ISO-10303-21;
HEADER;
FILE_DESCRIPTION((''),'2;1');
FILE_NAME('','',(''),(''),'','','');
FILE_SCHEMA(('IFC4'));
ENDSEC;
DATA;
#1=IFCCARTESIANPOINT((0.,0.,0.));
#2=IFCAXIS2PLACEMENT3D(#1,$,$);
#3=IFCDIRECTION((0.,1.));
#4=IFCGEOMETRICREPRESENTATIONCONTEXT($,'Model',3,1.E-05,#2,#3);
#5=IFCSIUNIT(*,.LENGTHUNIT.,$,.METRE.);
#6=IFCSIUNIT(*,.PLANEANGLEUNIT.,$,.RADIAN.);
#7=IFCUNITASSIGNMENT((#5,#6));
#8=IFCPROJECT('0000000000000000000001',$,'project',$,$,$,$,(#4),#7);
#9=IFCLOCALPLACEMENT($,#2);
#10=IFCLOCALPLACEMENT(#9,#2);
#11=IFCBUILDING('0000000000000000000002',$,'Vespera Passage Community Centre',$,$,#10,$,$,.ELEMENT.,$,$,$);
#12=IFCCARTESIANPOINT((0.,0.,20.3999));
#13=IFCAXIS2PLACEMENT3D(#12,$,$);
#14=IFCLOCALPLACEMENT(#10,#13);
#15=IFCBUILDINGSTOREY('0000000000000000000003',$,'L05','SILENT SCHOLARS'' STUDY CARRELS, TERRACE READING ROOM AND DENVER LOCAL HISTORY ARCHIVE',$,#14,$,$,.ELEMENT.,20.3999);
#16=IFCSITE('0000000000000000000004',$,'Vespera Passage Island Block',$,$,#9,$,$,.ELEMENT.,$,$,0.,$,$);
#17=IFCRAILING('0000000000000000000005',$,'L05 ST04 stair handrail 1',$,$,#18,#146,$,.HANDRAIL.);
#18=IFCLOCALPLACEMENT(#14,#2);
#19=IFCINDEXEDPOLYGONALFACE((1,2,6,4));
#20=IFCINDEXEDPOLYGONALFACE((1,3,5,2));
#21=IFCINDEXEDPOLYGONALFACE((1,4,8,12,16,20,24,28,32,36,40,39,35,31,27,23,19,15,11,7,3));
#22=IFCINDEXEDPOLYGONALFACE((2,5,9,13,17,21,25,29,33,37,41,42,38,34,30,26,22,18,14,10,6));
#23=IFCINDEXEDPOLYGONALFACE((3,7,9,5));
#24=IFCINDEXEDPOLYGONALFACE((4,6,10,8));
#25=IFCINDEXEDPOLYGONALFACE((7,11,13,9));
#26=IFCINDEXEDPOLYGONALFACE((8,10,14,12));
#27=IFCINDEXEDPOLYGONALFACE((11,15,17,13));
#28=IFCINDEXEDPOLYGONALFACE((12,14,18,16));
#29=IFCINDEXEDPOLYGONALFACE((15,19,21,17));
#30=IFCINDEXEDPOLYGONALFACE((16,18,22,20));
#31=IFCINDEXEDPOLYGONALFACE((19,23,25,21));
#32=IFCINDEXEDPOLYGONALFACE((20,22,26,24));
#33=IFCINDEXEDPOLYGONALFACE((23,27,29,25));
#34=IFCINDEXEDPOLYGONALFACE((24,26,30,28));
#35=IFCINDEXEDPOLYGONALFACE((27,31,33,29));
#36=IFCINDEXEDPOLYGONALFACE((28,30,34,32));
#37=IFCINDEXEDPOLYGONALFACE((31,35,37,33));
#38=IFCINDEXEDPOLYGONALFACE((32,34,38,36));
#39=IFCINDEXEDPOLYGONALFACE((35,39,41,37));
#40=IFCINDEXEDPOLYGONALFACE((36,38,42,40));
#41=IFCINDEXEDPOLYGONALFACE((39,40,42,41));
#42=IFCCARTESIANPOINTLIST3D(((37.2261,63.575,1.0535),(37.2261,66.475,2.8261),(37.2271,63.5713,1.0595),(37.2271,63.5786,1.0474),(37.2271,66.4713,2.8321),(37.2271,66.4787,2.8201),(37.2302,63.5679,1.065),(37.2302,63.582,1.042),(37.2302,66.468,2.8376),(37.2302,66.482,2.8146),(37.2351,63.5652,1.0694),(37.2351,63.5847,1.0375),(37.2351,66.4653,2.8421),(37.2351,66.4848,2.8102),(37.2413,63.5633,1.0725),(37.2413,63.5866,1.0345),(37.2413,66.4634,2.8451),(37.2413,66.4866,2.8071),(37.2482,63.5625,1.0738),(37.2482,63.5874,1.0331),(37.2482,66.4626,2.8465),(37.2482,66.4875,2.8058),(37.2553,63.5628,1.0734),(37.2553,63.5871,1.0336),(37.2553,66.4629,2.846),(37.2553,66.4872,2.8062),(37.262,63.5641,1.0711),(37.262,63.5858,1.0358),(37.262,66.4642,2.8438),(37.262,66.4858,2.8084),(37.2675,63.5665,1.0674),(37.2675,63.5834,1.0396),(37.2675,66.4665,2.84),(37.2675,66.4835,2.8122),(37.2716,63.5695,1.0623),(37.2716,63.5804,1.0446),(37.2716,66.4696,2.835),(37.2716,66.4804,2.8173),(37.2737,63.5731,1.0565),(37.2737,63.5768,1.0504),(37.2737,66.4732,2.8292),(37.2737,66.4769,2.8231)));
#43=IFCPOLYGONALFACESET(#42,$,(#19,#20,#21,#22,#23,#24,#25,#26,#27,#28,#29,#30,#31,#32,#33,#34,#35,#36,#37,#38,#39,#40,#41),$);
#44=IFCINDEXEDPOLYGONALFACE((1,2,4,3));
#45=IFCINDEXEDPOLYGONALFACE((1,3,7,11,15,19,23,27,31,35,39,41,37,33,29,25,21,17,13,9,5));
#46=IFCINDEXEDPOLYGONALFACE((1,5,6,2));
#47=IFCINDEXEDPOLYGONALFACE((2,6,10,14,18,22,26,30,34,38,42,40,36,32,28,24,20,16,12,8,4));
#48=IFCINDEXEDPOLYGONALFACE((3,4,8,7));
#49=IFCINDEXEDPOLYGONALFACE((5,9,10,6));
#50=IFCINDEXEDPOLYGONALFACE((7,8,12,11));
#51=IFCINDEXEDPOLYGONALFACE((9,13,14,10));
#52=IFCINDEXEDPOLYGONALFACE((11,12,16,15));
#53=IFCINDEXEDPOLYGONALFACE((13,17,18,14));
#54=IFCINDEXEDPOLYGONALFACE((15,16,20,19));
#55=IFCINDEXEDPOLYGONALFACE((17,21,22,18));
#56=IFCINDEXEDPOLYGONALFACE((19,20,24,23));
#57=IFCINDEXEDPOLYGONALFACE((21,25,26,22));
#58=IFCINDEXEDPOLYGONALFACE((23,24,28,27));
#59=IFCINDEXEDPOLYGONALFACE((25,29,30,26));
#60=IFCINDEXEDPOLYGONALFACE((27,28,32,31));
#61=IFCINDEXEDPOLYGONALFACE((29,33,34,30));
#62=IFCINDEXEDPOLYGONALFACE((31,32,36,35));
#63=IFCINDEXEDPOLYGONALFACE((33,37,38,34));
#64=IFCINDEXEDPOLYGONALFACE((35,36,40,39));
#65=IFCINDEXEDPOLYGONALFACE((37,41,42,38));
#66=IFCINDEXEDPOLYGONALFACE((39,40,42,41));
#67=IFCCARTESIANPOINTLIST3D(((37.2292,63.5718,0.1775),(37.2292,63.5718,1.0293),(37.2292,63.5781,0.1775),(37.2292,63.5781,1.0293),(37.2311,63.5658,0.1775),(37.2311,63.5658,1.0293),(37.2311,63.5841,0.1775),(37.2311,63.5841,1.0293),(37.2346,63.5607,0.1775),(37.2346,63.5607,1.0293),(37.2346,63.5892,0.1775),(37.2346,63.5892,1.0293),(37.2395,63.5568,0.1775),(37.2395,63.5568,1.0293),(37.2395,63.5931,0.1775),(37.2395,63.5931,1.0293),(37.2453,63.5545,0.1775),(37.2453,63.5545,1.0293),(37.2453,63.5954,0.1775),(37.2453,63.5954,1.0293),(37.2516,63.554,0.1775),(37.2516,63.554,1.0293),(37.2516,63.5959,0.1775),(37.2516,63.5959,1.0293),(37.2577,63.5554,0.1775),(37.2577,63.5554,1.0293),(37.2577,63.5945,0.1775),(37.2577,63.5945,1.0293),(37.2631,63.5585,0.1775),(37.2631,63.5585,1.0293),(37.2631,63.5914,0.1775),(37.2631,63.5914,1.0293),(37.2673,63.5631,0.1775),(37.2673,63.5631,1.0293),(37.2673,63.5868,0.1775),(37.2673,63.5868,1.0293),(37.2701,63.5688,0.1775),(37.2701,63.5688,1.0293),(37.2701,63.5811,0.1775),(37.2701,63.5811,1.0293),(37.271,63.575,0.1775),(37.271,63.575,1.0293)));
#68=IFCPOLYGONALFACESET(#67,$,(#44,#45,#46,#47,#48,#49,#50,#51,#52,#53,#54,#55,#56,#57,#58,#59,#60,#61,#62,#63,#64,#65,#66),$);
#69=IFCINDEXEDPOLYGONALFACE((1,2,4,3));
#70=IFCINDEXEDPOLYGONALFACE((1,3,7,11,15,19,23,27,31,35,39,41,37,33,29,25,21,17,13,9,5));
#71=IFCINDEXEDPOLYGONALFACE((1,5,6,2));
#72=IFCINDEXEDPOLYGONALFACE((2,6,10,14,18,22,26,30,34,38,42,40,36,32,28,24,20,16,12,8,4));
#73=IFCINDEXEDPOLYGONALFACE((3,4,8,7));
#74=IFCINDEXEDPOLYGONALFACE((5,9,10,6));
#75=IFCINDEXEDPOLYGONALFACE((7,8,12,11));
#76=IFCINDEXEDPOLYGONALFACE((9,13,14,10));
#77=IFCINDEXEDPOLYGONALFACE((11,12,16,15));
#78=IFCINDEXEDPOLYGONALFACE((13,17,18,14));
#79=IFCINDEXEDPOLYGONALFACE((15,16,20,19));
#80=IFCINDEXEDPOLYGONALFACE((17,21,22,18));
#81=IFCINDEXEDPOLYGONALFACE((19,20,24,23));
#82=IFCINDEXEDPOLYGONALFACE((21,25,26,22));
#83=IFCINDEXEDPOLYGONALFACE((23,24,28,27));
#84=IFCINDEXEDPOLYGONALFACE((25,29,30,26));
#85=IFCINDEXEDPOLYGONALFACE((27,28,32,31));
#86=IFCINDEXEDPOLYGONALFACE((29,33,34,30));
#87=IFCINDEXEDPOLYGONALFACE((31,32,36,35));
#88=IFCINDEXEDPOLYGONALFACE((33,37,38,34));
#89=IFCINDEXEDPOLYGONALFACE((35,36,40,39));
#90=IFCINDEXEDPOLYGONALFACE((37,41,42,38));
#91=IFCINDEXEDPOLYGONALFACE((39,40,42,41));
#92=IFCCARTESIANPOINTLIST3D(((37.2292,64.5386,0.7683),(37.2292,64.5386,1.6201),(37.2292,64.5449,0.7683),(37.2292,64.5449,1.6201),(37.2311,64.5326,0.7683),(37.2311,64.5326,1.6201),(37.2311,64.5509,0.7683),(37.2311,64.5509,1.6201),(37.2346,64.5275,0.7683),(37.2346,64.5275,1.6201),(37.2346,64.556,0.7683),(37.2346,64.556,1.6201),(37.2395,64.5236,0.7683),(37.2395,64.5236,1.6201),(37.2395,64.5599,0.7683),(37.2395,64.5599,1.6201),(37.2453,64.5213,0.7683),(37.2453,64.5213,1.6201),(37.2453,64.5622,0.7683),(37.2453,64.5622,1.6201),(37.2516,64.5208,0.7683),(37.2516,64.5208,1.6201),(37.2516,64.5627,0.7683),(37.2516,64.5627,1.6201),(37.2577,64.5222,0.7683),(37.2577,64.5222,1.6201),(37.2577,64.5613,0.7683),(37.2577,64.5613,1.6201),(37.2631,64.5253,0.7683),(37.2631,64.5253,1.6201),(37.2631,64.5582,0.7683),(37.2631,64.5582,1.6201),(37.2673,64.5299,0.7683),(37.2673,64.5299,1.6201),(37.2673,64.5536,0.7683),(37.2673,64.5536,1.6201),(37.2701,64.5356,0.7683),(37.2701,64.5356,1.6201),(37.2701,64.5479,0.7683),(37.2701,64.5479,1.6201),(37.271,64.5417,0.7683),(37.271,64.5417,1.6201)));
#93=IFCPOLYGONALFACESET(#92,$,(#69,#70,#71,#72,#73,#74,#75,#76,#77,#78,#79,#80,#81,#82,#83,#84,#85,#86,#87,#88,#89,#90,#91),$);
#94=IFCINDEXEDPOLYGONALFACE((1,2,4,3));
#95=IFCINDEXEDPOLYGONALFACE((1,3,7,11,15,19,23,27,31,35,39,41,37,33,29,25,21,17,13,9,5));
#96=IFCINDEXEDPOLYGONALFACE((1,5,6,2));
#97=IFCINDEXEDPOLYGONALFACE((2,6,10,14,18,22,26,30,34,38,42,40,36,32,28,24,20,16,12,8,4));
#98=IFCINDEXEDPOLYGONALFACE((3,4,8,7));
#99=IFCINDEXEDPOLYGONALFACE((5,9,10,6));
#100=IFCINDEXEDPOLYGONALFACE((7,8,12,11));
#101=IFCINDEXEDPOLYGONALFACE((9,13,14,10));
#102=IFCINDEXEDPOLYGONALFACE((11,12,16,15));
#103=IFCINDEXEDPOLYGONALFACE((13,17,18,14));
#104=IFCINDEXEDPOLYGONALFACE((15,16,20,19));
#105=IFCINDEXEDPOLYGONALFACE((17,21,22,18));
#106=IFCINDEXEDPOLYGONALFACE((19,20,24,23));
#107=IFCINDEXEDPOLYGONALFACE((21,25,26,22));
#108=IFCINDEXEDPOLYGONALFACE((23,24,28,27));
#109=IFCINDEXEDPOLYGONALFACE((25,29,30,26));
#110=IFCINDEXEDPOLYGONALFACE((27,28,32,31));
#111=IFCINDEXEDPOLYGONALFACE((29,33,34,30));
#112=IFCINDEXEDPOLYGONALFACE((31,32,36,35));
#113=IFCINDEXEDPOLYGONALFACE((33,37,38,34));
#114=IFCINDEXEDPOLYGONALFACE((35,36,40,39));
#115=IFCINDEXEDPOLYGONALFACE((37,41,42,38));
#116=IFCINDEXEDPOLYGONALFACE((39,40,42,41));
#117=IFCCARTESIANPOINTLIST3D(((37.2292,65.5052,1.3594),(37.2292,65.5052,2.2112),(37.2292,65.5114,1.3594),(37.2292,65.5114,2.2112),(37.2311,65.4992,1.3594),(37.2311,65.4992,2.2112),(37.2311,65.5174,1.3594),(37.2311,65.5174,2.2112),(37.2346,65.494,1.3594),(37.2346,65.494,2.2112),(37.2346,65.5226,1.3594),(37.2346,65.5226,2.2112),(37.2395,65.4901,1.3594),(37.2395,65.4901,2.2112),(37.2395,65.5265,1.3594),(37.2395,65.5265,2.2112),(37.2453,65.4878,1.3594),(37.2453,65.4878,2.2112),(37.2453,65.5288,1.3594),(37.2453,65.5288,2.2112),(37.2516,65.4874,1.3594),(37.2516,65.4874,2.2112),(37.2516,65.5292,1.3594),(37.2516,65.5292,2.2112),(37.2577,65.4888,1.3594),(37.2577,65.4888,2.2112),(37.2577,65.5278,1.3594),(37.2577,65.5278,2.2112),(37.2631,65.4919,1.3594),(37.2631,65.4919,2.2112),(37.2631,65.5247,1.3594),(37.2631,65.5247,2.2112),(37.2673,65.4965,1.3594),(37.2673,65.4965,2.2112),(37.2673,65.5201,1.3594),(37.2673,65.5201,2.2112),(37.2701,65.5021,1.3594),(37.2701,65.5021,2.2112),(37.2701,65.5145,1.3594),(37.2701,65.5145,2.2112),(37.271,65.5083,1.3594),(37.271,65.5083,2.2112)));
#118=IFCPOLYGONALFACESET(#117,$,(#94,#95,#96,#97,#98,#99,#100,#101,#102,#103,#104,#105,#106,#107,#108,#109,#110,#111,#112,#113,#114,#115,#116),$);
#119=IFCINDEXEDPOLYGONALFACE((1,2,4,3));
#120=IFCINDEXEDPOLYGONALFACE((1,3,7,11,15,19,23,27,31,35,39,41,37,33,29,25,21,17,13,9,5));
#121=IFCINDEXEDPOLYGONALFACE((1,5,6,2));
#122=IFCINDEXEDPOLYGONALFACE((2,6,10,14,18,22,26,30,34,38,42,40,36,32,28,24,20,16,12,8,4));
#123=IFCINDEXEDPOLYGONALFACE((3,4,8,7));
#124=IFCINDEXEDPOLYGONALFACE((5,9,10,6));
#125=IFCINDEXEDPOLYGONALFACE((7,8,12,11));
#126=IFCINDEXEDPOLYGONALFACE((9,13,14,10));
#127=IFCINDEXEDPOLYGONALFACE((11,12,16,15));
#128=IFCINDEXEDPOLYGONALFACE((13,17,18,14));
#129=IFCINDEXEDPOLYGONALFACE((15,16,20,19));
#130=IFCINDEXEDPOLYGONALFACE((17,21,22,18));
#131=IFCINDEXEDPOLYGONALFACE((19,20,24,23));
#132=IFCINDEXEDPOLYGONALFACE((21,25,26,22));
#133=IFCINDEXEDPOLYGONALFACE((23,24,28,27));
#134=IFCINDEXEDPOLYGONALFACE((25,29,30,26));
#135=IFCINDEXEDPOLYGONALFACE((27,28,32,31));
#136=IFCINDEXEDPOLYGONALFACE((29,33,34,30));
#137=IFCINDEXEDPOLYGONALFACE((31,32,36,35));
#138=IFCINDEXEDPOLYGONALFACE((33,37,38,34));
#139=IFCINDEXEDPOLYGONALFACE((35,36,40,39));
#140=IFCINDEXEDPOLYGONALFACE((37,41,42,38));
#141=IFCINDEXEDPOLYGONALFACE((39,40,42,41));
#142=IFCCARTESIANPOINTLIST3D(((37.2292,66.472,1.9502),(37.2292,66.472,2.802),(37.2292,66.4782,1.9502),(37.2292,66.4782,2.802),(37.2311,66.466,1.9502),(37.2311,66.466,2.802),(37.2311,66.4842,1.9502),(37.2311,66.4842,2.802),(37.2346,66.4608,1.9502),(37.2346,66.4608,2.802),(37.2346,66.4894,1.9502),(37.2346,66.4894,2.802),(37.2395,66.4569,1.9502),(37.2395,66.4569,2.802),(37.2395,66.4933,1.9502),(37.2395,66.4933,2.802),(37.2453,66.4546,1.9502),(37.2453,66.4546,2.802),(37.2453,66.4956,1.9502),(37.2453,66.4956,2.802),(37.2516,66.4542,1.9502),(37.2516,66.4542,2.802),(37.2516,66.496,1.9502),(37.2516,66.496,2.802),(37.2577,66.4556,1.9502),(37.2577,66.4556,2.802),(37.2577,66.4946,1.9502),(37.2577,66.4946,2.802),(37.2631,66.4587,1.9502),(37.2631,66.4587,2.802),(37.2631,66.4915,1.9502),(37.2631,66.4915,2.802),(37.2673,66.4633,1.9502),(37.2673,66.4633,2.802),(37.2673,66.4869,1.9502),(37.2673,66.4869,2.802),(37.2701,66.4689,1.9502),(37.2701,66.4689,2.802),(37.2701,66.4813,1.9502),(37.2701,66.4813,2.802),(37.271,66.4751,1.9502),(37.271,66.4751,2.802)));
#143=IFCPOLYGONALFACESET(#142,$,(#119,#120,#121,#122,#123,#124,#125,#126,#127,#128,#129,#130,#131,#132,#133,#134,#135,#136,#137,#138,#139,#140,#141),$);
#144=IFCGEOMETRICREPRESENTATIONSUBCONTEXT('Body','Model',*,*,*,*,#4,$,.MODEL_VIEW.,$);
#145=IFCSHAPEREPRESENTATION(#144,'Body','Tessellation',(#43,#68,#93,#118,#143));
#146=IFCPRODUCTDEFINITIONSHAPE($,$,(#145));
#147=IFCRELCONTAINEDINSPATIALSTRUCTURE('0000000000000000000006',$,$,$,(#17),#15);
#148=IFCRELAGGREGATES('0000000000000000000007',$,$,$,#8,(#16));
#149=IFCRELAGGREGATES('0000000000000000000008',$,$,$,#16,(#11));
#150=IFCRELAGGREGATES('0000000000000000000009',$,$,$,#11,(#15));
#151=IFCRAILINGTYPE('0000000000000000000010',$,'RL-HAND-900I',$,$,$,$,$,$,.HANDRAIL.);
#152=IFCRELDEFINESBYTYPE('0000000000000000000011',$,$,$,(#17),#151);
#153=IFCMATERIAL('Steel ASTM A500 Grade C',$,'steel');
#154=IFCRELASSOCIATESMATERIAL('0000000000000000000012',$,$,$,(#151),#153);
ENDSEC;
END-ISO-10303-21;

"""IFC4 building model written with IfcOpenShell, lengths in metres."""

from ifc_helpers import new_model, si_unit, direction, frame, origin, origin_2d, place, context, subcontext, project, spatial, circle, extrude, material, type_object, element, save


model = new_model("IFC4")

# Units and contexts
model_context = context("Model", 3, precision=1e-05, world=origin(), true_north=direction((0.0, 1.0)))
body_context = subcontext(model_context, "Body", "Model", "MODEL_VIEW")
ifc_project = project(units=[si_unit("LENGTHUNIT", "METRE"), si_unit("PLANEANGLEUNIT", "RADIAN")], contexts=[model_context])

# Site, building, storey
site_placement = place(None, origin())
site = spatial("IfcSite", under=ifc_project, at=site_placement, Name="Vespera Passage Island Block", CompositionType="ELEMENT", RefElevation=0.0)
building_placement = place(site_placement, origin())
building = spatial("IfcBuilding", under=site, at=building_placement, Name="Vespera Passage Community Centre", CompositionType="ELEMENT")
storey_placement = place(building_placement, frame((0.0, 0.0, 20.3999)))
storey = spatial("IfcBuildingStorey", under=building, at=storey_placement, Name="L05", Description="SILENT SCHOLARS' STUDY CARRELS, TERRACE READING ROOM AND DENVER LOCAL HISTORY ARCHIVE", CompositionType="ELEMENT", Elevation=20.3999)

# Railing
ifc_material_1 = material(Name="Steel ASTM A500 Grade C", Category="steel")
railing_type = type_object("IfcRailingType", Name="RL-HAND-900I", PredefinedType="HANDRAIL", material=ifc_material_1)
railing_placement = place(storey_placement, frame((37.25, 63.575, 0.1775)))
element("IfcRailing", 1, at=railing_placement, inside=storey, type_object=railing_type, Name="L05 ST04 stair handrail 1", PredefinedType="HANDRAIL", context=body_context, shape_type="SweptSolid", body=[
    extrude(circle(Radius=0.0239, at=origin_2d()), frame((0.0, 0.0, 0.876), z_axis=(0.0, 0.85323, 0.521534), x_axis=(-1.0, 0.0, 0.0)), (0.0, 0.0, 1.0), 3.3989),
    extrude(circle(Radius=0.021, at=origin_2d()), origin(), (0.0, 0.0, 1.0), 0.8518),
    extrude(circle(Radius=0.021, at=origin_2d()), frame((0.0, 0.9668, 0.5908)), (0.0, 0.0, 1.0), 0.8518),
    extrude(circle(Radius=0.021, at=origin_2d()), frame((0.0, 1.9333, 1.1819)), (0.0, 0.0, 1.0), 0.8518),
    extrude(circle(Radius=0.021, at=origin_2d()), frame((0.0, 2.9001, 1.7727)), (0.0, 0.0, 1.0), 0.8518),
])

save(model, "model.ifc")
